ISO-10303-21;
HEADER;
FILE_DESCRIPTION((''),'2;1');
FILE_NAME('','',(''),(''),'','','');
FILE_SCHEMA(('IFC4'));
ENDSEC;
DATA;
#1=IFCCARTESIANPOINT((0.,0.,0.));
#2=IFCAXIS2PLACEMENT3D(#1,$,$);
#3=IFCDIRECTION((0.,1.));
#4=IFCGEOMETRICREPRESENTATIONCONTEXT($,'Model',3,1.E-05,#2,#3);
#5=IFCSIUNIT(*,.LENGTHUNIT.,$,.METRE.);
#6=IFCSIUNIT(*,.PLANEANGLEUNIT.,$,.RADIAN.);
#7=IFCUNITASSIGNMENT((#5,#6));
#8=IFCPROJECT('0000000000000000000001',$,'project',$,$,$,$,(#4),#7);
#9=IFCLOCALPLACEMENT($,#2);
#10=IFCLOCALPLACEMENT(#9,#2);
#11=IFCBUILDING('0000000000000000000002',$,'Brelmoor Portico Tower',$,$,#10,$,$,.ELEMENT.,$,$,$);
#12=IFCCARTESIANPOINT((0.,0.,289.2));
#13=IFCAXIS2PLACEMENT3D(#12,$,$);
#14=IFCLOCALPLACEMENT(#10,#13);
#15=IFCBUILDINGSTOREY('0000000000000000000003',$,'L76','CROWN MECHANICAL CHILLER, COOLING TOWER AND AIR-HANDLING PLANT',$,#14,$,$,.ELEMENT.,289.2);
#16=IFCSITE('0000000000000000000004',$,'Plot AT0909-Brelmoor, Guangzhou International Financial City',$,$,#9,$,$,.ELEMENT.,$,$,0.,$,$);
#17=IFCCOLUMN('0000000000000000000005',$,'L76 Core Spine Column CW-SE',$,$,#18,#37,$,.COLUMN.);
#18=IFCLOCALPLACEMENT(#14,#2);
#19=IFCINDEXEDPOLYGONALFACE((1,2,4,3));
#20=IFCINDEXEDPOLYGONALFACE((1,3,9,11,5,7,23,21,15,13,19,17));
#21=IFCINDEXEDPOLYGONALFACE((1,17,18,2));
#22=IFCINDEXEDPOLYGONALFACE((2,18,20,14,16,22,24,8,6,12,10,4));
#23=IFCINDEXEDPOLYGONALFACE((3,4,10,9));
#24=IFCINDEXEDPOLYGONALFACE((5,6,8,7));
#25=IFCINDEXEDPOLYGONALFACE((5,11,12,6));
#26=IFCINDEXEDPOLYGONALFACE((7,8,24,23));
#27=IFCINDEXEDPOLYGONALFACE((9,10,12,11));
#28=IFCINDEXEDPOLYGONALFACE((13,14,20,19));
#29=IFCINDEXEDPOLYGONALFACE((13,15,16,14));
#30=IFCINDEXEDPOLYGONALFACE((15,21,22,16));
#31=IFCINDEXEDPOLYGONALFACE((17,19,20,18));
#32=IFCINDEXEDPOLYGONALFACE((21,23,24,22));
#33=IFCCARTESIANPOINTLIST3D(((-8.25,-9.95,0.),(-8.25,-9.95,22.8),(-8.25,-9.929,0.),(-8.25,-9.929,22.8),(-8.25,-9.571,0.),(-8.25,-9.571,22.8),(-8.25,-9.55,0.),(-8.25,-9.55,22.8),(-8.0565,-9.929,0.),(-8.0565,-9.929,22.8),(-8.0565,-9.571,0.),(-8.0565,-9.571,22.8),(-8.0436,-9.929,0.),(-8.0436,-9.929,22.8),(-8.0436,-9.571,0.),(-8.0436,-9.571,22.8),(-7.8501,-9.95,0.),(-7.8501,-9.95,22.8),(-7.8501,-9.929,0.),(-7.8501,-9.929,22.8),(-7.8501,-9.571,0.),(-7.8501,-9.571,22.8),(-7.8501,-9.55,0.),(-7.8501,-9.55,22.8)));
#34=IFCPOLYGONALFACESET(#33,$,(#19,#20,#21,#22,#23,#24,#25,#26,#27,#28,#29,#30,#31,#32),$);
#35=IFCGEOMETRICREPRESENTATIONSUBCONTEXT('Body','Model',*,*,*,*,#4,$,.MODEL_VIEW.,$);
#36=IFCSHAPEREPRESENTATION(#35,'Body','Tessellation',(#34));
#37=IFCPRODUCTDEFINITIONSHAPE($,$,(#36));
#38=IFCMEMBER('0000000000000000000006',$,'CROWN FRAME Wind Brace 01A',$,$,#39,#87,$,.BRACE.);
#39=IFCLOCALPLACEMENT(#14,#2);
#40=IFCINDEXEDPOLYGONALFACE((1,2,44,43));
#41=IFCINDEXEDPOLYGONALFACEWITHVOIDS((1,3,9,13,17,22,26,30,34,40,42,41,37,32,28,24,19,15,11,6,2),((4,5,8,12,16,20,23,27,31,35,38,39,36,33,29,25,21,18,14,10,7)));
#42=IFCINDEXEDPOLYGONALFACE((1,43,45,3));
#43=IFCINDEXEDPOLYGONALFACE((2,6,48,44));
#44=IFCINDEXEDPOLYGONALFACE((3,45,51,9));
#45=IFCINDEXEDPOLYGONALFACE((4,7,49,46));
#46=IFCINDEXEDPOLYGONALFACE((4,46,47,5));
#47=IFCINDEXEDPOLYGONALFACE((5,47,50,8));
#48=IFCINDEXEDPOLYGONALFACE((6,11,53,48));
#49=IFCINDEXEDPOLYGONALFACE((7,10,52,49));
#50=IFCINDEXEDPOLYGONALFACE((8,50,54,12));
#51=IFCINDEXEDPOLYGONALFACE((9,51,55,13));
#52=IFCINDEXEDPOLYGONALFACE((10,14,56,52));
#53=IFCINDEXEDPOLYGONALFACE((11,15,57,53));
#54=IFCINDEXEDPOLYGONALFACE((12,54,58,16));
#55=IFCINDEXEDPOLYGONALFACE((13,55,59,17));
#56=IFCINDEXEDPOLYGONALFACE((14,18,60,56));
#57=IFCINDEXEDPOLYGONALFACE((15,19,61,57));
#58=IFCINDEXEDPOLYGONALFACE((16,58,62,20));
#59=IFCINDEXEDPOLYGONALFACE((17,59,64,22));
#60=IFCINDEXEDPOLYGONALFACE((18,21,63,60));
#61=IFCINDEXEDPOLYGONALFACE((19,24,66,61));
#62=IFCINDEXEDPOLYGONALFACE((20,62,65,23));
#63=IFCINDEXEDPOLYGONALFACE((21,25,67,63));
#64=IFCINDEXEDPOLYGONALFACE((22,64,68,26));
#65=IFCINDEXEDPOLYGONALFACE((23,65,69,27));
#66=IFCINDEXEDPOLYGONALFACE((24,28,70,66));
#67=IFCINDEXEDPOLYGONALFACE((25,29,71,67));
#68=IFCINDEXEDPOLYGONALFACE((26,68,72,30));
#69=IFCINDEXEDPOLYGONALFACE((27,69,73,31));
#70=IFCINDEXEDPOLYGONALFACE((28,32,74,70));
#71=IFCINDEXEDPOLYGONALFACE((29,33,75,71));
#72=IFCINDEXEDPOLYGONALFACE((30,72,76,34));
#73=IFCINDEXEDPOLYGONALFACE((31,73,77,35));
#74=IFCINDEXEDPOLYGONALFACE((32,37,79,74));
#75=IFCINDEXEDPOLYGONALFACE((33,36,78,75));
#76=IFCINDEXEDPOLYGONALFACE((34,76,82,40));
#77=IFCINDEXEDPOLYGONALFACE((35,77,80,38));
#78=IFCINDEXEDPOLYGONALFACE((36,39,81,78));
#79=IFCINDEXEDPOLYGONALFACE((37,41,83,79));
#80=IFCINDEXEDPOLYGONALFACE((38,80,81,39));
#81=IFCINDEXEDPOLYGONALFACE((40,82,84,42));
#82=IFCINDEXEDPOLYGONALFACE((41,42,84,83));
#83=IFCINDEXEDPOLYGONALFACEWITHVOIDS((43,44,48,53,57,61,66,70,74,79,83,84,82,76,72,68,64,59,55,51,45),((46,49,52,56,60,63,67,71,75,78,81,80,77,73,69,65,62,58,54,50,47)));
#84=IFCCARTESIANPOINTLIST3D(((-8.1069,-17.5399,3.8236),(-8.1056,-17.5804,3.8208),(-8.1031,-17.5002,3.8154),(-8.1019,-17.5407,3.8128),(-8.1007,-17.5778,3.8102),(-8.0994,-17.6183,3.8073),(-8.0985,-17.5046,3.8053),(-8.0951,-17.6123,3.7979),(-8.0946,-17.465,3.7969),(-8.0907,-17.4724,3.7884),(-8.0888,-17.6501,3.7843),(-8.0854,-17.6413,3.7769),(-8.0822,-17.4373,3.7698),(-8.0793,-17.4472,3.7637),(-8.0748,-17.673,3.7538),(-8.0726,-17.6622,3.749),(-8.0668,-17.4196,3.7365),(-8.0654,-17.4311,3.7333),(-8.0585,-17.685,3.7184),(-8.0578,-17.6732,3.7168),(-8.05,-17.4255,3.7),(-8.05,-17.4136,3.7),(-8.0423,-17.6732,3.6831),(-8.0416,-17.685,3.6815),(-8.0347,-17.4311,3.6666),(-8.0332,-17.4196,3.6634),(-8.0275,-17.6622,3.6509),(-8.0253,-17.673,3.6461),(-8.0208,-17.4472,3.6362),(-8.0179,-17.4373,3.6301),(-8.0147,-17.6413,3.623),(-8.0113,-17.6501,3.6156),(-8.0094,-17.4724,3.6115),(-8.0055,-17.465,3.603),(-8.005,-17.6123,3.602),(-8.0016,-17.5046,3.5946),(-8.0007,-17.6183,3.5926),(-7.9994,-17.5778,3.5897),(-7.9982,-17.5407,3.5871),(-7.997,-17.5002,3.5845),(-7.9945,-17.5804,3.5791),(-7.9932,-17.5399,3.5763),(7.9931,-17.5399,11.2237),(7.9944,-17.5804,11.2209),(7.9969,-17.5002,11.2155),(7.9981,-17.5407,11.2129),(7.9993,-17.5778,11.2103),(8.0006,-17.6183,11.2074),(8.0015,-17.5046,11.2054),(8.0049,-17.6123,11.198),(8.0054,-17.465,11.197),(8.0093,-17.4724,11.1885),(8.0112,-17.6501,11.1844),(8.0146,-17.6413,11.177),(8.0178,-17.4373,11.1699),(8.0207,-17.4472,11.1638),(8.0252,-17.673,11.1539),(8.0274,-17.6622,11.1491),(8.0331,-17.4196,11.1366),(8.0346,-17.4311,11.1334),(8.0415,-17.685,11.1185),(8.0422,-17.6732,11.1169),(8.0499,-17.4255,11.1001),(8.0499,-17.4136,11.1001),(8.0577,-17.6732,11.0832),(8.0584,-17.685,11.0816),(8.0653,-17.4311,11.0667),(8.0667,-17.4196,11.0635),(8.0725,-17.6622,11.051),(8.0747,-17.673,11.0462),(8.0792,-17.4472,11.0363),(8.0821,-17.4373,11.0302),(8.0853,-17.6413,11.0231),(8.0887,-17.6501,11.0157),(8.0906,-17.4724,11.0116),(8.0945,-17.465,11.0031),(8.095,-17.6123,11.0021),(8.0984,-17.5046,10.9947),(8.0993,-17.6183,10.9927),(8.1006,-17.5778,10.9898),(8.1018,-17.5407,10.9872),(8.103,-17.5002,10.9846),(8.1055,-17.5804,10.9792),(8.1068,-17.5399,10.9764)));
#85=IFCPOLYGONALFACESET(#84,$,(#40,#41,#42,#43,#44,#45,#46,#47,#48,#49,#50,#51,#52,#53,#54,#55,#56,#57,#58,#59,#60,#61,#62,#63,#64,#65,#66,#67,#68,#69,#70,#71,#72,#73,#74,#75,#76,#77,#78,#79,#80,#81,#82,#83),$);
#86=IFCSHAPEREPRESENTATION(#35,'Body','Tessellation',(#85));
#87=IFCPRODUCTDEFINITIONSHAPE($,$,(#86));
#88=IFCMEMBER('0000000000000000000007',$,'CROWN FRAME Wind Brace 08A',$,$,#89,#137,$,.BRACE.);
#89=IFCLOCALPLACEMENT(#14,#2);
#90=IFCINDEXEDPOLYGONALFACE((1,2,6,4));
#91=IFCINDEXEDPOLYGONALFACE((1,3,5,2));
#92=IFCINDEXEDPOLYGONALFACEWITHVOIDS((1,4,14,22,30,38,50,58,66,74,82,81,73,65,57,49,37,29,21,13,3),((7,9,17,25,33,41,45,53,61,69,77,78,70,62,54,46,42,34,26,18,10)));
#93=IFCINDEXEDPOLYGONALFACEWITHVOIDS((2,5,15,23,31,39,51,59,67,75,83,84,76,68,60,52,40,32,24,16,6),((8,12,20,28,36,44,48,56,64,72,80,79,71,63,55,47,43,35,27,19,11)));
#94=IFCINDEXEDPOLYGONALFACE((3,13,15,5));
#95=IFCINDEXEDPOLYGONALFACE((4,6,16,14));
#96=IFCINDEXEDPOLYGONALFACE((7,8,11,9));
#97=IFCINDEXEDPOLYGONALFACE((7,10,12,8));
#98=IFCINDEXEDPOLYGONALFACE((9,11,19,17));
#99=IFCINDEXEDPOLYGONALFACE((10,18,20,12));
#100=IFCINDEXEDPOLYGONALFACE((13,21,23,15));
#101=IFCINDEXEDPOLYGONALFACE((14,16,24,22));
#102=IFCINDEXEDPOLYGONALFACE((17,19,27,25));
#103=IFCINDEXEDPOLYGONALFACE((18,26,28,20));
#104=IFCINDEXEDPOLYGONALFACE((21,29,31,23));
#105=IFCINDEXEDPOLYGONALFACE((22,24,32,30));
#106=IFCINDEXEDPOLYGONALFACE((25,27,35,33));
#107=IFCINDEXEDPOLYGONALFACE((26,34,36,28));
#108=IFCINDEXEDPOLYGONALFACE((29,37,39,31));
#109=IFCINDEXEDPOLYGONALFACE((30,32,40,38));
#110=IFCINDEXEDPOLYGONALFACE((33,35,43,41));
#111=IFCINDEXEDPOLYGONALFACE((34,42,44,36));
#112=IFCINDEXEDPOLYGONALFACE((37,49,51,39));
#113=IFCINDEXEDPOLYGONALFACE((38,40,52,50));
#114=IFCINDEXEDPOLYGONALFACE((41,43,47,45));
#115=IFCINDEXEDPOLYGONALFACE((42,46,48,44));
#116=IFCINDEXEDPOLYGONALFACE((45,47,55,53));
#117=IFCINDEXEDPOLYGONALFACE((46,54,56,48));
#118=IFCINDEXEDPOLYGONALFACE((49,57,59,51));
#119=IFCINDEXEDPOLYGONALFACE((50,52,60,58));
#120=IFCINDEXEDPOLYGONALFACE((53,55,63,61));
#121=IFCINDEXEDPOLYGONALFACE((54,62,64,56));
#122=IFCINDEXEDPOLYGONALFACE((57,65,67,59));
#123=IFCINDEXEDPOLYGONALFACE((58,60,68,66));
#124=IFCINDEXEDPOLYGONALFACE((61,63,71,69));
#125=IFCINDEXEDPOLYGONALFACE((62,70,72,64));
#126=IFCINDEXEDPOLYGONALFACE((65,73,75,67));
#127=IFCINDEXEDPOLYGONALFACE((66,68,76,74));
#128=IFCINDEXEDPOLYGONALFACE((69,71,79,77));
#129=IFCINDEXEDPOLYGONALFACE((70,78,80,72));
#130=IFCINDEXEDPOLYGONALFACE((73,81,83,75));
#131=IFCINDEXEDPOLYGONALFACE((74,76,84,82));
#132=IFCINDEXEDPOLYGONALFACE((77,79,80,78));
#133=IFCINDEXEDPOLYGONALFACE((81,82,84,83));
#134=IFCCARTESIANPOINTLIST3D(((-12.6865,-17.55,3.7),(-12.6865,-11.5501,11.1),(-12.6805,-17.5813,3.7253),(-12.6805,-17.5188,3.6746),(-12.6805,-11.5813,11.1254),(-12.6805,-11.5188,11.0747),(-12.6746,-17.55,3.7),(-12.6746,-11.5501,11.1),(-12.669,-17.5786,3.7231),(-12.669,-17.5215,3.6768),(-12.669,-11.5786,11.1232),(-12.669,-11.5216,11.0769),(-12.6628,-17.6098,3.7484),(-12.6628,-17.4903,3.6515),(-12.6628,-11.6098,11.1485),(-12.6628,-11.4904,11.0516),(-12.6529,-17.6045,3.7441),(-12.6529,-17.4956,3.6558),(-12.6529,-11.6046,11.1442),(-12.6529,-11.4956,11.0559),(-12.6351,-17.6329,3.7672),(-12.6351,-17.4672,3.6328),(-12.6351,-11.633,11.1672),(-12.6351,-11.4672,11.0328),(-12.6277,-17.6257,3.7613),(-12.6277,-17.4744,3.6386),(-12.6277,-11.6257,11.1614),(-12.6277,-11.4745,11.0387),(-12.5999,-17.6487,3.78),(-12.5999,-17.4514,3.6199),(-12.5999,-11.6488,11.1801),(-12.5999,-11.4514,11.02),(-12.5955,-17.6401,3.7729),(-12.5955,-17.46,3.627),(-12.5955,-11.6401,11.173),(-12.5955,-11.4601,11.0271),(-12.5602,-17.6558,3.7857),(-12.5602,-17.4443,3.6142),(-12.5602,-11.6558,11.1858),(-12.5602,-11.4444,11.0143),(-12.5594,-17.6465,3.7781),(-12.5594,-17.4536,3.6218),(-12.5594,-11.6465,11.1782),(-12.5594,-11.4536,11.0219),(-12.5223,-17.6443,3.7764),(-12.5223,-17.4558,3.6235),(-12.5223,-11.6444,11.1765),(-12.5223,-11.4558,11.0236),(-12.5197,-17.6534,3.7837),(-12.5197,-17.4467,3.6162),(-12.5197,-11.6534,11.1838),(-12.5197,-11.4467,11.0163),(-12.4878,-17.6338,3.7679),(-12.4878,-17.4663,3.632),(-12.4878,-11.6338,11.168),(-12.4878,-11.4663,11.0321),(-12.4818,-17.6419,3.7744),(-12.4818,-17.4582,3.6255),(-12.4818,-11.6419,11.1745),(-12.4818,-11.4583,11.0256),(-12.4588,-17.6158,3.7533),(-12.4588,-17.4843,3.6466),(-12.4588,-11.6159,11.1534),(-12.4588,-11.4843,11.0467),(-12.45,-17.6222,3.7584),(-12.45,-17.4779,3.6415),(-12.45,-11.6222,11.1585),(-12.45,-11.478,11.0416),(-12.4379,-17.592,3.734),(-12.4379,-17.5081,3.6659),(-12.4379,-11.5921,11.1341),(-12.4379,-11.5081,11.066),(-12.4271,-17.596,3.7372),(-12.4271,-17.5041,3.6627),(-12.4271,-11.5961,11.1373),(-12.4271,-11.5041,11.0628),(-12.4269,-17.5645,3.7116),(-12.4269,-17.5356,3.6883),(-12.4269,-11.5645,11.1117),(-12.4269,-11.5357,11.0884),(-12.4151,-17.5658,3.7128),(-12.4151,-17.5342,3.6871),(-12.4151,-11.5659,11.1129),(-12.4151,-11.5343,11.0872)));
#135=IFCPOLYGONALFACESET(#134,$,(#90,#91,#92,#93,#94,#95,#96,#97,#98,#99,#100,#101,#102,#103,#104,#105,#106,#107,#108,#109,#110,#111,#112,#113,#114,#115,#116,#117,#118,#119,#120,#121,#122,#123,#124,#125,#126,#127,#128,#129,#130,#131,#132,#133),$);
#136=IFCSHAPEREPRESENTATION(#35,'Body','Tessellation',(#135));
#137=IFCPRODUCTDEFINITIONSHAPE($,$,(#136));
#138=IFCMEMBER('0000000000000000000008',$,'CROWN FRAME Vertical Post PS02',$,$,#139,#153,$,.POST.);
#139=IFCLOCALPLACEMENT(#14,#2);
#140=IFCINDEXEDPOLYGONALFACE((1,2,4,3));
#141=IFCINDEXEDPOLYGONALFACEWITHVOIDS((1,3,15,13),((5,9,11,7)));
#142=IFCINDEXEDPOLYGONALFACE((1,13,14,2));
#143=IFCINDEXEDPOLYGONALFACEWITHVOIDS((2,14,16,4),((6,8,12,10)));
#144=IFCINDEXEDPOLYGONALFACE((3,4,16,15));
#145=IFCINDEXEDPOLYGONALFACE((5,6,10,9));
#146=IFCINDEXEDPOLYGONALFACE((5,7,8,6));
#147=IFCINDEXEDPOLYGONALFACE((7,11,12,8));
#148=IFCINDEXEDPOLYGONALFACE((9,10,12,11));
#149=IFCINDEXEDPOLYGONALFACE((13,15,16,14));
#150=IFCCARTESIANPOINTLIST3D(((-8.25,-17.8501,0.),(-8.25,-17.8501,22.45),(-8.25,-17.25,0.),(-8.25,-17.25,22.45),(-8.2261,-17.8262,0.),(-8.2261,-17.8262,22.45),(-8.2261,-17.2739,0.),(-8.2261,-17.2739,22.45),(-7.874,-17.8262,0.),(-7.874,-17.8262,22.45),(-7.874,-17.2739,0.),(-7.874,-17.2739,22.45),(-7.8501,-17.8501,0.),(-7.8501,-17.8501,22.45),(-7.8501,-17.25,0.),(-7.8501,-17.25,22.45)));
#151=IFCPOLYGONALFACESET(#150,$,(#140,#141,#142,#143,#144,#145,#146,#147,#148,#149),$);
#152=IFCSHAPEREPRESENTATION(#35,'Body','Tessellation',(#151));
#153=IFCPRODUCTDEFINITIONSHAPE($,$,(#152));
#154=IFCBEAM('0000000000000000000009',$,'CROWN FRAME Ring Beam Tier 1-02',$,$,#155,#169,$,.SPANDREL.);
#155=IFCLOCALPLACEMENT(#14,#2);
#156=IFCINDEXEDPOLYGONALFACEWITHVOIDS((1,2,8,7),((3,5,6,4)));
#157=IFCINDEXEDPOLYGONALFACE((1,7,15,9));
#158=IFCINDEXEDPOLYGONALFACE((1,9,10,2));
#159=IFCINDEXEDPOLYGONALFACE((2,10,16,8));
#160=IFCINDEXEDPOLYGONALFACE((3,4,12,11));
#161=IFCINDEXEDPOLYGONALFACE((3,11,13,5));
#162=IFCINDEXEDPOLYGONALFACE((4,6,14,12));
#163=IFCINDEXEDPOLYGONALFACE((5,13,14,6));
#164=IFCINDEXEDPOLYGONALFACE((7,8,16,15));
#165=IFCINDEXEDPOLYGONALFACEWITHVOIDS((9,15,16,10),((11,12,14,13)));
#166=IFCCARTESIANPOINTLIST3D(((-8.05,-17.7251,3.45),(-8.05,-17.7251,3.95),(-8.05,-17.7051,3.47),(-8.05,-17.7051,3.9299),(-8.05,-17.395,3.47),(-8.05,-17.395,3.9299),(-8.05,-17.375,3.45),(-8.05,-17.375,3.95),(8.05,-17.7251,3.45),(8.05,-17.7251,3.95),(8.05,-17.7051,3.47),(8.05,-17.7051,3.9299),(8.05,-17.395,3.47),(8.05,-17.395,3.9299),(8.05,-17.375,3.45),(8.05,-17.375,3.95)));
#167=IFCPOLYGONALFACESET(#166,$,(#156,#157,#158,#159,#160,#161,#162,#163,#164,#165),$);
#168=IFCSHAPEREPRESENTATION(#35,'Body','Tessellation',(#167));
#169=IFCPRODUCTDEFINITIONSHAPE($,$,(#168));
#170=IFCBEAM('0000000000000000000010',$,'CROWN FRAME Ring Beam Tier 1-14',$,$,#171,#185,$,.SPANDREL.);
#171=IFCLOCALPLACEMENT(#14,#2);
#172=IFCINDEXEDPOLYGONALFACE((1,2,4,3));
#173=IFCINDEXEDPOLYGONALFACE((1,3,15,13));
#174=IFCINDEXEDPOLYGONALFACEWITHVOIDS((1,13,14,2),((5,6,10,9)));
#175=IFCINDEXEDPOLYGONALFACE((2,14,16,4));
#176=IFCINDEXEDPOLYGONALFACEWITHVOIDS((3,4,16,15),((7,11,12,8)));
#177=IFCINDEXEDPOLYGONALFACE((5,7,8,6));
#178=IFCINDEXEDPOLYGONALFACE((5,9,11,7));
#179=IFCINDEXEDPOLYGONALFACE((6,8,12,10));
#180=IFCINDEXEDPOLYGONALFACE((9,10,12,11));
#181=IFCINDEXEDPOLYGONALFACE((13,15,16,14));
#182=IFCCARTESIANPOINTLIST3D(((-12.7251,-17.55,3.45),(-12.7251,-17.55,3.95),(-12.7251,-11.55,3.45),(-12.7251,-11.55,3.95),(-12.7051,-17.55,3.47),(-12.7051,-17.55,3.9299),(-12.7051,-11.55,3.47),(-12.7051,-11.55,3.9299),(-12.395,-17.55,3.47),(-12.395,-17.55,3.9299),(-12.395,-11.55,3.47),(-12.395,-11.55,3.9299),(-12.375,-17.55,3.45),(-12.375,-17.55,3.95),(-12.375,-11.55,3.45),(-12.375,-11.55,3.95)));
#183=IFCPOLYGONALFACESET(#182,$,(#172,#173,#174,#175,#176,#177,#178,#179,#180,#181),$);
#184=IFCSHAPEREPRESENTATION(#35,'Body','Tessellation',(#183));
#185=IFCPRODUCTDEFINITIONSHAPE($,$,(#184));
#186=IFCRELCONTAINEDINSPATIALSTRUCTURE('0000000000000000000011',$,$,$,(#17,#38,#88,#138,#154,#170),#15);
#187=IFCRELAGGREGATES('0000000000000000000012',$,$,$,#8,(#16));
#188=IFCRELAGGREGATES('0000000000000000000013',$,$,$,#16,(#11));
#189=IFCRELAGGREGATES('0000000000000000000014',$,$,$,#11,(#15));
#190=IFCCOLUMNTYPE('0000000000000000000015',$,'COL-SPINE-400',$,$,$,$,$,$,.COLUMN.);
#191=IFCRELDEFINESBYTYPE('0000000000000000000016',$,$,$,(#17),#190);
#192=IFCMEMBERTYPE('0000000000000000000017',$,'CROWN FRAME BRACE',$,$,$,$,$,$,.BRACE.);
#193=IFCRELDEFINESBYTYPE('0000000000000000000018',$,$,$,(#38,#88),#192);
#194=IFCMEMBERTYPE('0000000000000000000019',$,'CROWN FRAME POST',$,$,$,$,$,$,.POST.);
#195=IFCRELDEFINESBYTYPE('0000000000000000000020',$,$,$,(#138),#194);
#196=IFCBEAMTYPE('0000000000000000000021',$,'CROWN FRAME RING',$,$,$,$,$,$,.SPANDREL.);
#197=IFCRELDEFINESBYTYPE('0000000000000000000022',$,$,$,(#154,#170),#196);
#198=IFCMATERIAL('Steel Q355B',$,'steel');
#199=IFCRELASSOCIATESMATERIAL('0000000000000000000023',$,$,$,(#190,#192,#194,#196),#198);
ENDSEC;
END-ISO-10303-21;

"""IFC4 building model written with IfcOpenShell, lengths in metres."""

from ifc_helpers import new_model, si_unit, direction, frame, origin, origin_2d, place, context, subcontext, project, spatial, hollow_rectangle, hollow_circle, i_section, extrude, material, material_profile, profile_set, type_object, element, save


model = new_model("IFC4")

# Units and contexts
model_context = context("Model", 3, precision=1e-05, world=origin(), true_north=direction((0.0, 1.0)))
body_context = subcontext(model_context, "Body", "Model", "MODEL_VIEW")
ifc_project = project(units=[si_unit("LENGTHUNIT", "METRE"), si_unit("PLANEANGLEUNIT", "RADIAN")], contexts=[model_context])

# Site, building, storey
site_placement = place(None, origin())
site = spatial("IfcSite", under=ifc_project, at=site_placement, Name="Plot AT0909-Brelmoor, Guangzhou International Financial City", CompositionType="ELEMENT", RefElevation=0.0)
building_placement = place(site_placement, origin())
building = spatial("IfcBuilding", under=site, at=building_placement, Name="Brelmoor Portico Tower", CompositionType="ELEMENT")
storey_placement = place(building_placement, frame((0.0, 0.0, 289.2)))
storey = spatial("IfcBuildingStorey", under=building, at=storey_placement, Name="L76", Description="CROWN MECHANICAL CHILLER, COOLING TOWER AND AIR-HANDLING PLANT", CompositionType="ELEMENT", Elevation=289.2)

# Column
ifc_material_1 = material(Name="Steel Q355B", Category="steel")
ifc_material_profile_1 = material_profile(ifc_material_1, i_section(OverallWidth=0.3999, OverallDepth=0.3999, WebThickness=0.0129, FlangeThickness=0.021, at=origin_2d()), Name="HW 400x400x13x21")
ifc_profile_set_1 = profile_set([ifc_material_profile_1], Name="Steel Q355B")
column_type = type_object("IfcColumnType", Name="COL-SPINE-400", PredefinedType="COLUMN", material=ifc_profile_set_1)
column_placement = place(storey_placement, frame((-8.05, -9.75, 0.0), z_axis=(0.0, 0.0, 1.0), x_axis=(1.0, 0.0, 0.0)))
element("IfcColumn", 1, at=column_placement, inside=storey, type_object=column_type, Name="L76 Core Spine Column CW-SE", PredefinedType="COLUMN", context=body_context, shape_type="SweptSolid", body=[
    extrude(i_section(OverallWidth=0.3999, OverallDepth=0.3999, WebThickness=0.0129, FlangeThickness=0.021, at=origin_2d()), origin(), (0.0, 0.0, 1.0), 22.8),
])

# Members
ifc_material_profile_2 = material_profile(ifc_material_1, hollow_circle(Radius=0.1365, WallThickness=0.012, at=origin_2d()), Name="CHS 273x12")
ifc_profile_set_2 = profile_set([ifc_material_profile_2], Name="Steel Q355B")
member_type_1 = type_object("IfcMemberType", Name="CROWN FRAME BRACE", PredefinedType="BRACE", material=ifc_profile_set_2)
member_1_placement = place(storey_placement, frame((-8.05, -17.55, 3.7), z_axis=(0.908617, 0.0, 0.417631), x_axis=(0.0, 1.0, 0.0)))
element("IfcMember", 2, at=member_1_placement, inside=storey, type_object=member_type_1, Name="CROWN FRAME Wind Brace 01A", PredefinedType="BRACE", context=body_context, shape_type="SweptSolid", body=[
    extrude(hollow_circle(Radius=0.1365, WallThickness=0.012, at=origin_2d()), origin(), (0.0, 0.0, 1.0), 17.7192),
])
member_2_placement = place(storey_placement, frame((-12.55, -17.55, 3.7), z_axis=(0.0, 0.629794, 0.776762), x_axis=(-1.0, 0.0, 0.0)))
element("IfcMember", 3, at=member_2_placement, inside=storey, type_object=member_type_1, Name="CROWN FRAME Wind Brace 08A", PredefinedType="BRACE", context=body_context, shape_type="SweptSolid", body=[
    extrude(hollow_circle(Radius=0.1365, WallThickness=0.012, at=origin_2d()), origin(), (0.0, 0.0, 1.0), 9.5269),
])
ifc_material_profile_3 = material_profile(ifc_material_1, hollow_rectangle(XDim=0.3999, YDim=0.6001, WallThickness=0.0239, at=origin_2d()), Name="RHS 400x600x24")
ifc_profile_set_3 = profile_set([ifc_material_profile_3], Name="Steel Q355B")
member_type_2 = type_object("IfcMemberType", Name="CROWN FRAME POST", PredefinedType="POST", material=ifc_profile_set_3)
member_3_placement = place(storey_placement, frame((-8.05, -17.55, 0.0), z_axis=(0.0, 0.0, 1.0), x_axis=(1.0, 0.0, 0.0)))
element("IfcMember", 4, at=member_3_placement, inside=storey, type_object=member_type_2, Name="CROWN FRAME Vertical Post PS02", PredefinedType="POST", context=body_context, shape_type="SweptSolid", body=[
    extrude(hollow_rectangle(XDim=0.3999, YDim=0.6001, WallThickness=0.0239, at=origin_2d()), origin(), (0.0, 0.0, 1.0), 22.45),
])

# Beams
ifc_material_profile_4 = material_profile(ifc_material_1, hollow_rectangle(XDim=0.3501, YDim=0.5, WallThickness=0.02, at=origin_2d()), Name="RHS 350x500x20")
ifc_profile_set_4 = profile_set([ifc_material_profile_4], Name="Steel Q355B")
beam_type = type_object("IfcBeamType", Name="CROWN FRAME RING", PredefinedType="SPANDREL", material=ifc_profile_set_4)
beam_1_placement = place(storey_placement, frame((-8.05, -17.55, 3.7), z_axis=(1.0, 0.0, 0.0), x_axis=(0.0, 1.0, 0.0)))
element("IfcBeam", 5, at=beam_1_placement, inside=storey, type_object=beam_type, Name="CROWN FRAME Ring Beam Tier 1-02", PredefinedType="SPANDREL", context=body_context, shape_type="SweptSolid", body=[
    extrude(hollow_rectangle(XDim=0.3501, YDim=0.5, WallThickness=0.02, at=origin_2d()), origin(), (0.0, 0.0, 1.0), 16.1001),
])
beam_2_placement = place(storey_placement, frame((-12.55, -17.55, 3.7), z_axis=(0.0, 1.0, 0.0), x_axis=(-1.0, 0.0, 0.0)))
element("IfcBeam", 6, at=beam_2_placement, inside=storey, type_object=beam_type, Name="CROWN FRAME Ring Beam Tier 1-14", PredefinedType="SPANDREL", context=body_context, shape_type="SweptSolid", body=[
    extrude(hollow_rectangle(XDim=0.3501, YDim=0.5, WallThickness=0.02, at=origin_2d()), origin(), (0.0, 0.0, 1.0), 6.0),
])

save(model, "model.ifc")
